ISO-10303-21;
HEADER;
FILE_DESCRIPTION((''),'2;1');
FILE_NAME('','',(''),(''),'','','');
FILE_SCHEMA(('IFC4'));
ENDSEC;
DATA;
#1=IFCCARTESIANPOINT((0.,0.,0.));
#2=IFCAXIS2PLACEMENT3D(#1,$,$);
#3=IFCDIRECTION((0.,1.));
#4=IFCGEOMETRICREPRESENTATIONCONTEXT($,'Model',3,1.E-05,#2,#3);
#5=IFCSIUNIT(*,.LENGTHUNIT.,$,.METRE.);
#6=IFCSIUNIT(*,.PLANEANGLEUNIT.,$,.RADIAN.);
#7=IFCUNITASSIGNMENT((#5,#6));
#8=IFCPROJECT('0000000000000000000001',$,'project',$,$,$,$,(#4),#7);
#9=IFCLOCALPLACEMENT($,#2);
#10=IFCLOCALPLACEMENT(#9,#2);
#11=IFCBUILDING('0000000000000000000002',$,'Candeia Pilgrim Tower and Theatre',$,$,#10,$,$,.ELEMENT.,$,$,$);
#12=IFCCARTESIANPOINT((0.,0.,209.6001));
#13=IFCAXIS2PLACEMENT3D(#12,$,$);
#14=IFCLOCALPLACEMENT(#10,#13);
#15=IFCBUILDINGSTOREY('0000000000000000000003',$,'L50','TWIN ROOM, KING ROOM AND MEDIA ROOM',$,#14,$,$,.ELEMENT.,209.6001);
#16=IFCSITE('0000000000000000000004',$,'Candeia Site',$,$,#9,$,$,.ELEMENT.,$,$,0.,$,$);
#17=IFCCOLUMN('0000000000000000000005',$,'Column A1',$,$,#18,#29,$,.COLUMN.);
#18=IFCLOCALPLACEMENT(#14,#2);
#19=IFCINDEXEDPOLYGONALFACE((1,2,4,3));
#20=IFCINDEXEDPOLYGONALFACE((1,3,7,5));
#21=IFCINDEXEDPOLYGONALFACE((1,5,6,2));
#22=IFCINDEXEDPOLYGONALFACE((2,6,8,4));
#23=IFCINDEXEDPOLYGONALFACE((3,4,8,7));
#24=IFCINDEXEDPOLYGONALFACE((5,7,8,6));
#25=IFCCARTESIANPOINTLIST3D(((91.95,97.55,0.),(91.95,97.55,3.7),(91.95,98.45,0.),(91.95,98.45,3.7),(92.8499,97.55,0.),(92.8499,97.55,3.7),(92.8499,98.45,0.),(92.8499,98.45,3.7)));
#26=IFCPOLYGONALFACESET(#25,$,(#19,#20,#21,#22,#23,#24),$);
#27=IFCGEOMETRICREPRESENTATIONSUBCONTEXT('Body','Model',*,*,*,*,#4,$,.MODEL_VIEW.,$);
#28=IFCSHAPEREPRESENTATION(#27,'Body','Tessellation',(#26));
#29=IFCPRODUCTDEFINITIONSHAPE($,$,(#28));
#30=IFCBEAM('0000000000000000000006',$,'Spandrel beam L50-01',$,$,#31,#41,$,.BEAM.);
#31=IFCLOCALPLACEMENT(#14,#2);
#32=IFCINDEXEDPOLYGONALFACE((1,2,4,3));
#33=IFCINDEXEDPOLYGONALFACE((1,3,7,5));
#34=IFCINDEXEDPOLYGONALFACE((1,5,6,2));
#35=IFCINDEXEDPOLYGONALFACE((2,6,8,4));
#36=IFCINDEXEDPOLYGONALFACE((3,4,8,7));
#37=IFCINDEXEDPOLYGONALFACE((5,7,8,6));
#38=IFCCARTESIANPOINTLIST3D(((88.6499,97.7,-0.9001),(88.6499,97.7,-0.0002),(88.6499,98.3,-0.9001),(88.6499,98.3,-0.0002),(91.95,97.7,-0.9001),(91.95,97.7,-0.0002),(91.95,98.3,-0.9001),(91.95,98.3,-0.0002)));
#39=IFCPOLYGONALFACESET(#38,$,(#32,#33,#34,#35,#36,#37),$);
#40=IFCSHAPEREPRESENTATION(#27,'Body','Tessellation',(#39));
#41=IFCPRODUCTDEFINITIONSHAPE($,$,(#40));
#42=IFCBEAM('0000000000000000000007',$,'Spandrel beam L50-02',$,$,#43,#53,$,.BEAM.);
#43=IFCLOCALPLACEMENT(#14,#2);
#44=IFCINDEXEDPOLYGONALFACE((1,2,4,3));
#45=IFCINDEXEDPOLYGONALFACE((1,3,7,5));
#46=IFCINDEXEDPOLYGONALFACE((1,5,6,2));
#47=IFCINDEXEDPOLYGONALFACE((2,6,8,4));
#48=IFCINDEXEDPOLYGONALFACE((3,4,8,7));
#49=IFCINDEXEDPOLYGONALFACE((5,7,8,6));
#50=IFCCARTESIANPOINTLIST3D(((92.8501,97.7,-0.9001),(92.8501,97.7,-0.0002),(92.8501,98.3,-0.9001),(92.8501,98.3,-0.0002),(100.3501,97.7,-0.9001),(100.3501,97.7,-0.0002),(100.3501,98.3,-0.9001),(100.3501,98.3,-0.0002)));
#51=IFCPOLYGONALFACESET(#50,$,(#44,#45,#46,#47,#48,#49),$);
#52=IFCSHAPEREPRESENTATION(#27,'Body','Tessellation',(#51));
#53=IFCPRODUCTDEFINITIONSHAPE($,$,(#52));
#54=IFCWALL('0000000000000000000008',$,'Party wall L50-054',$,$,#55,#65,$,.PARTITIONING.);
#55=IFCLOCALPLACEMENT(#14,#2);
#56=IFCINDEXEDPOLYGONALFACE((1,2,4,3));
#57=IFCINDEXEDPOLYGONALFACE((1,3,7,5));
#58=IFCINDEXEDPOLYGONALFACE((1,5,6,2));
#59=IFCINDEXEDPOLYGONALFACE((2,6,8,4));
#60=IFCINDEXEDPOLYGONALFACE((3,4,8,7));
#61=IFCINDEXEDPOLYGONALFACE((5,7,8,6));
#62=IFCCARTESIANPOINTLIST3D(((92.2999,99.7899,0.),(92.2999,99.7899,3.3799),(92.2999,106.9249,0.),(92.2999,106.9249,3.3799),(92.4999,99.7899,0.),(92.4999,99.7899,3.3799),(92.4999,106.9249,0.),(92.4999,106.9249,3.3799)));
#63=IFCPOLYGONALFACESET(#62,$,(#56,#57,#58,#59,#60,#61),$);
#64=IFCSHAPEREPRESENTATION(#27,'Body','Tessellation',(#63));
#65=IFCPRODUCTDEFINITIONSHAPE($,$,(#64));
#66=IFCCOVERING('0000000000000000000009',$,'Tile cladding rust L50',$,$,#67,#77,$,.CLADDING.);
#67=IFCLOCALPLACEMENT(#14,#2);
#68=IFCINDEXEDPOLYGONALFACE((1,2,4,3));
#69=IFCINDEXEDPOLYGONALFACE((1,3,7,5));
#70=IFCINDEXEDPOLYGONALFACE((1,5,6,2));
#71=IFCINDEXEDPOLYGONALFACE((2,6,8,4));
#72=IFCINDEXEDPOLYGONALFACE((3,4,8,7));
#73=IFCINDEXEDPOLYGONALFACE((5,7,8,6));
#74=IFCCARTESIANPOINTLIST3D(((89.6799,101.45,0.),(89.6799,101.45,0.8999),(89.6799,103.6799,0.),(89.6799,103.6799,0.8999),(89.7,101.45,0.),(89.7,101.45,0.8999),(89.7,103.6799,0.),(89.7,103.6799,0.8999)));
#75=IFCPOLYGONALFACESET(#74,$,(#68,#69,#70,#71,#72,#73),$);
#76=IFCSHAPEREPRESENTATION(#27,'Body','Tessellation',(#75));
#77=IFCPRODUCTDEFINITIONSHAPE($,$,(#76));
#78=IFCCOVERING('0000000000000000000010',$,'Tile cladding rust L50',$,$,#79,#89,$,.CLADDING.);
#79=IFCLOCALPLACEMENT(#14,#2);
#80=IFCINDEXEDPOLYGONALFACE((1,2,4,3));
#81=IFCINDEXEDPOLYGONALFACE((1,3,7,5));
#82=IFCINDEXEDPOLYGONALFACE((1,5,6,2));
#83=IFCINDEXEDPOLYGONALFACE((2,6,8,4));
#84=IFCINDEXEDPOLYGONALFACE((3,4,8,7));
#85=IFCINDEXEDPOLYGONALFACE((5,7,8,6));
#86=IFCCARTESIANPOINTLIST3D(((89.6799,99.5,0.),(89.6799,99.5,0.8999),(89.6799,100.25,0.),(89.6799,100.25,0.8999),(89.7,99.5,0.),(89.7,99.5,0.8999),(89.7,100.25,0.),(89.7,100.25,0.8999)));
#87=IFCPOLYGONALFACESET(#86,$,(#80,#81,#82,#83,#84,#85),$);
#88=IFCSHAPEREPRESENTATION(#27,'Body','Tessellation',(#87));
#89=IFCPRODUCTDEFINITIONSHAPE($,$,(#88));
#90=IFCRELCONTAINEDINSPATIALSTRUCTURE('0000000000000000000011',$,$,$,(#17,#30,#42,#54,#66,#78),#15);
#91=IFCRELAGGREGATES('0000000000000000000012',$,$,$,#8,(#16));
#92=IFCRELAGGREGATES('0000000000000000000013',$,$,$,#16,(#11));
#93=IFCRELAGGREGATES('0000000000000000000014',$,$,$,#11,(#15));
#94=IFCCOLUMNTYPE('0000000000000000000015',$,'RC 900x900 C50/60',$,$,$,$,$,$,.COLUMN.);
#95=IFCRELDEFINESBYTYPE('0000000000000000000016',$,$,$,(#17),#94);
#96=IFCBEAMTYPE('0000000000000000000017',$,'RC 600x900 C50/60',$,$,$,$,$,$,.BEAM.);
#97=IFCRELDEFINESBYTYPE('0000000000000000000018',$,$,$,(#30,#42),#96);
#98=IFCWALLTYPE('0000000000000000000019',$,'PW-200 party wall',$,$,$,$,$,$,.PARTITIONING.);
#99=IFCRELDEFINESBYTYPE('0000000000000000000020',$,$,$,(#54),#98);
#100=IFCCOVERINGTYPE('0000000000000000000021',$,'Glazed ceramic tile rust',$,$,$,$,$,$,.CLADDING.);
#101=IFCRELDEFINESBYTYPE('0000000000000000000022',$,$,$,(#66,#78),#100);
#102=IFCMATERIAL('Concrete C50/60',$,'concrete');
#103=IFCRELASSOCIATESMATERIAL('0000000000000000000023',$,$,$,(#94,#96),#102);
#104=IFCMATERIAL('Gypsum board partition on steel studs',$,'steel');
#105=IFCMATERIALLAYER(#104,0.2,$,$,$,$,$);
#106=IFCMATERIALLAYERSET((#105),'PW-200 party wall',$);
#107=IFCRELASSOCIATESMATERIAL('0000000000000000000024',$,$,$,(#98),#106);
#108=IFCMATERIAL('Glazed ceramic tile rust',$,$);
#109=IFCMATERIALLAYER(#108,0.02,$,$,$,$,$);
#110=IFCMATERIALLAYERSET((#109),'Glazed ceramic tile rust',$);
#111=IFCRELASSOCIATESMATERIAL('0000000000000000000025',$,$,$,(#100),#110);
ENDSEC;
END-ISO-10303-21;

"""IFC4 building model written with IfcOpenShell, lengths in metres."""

from ifc_helpers import new_model, si_unit, direction, frame, frame_2d, origin, origin_2d, place, context, subcontext, project, spatial, rectangle, extrude, material, layer, layer_set, material_profile, profile_set, type_object, element, save


model = new_model("IFC4")

# Units and contexts
model_context = context("Model", 3, precision=1e-05, world=origin(), true_north=direction((0.0, 1.0)))
body_context = subcontext(model_context, "Body", "Model", "MODEL_VIEW")
ifc_project = project(units=[si_unit("LENGTHUNIT", "METRE"), si_unit("PLANEANGLEUNIT", "RADIAN")], contexts=[model_context])

# Site, building, storey
site_placement = place(None, origin())
site = spatial("IfcSite", under=ifc_project, at=site_placement, Name="Candeia Site", CompositionType="ELEMENT", RefElevation=0.0)
building_placement = place(site_placement, origin())
building = spatial("IfcBuilding", under=site, at=building_placement, Name="Candeia Pilgrim Tower and Theatre", CompositionType="ELEMENT")
storey_placement = place(building_placement, frame((0.0, 0.0, 209.6001)))
storey = spatial("IfcBuildingStorey", under=building, at=storey_placement, Name="L50", Description="TWIN ROOM, KING ROOM AND MEDIA ROOM", CompositionType="ELEMENT", Elevation=209.6001)

# Column
ifc_material_1 = material(Name="Concrete C50/60", Category="concrete")
ifc_material_profile_1 = material_profile(ifc_material_1, rectangle(XDim=0.8999, YDim=0.8999, at=origin_2d()))
ifc_profile_set_1 = profile_set([ifc_material_profile_1], Name="Concrete C50/60")
column_type = type_object("IfcColumnType", Name="RC 900x900 C50/60", PredefinedType="COLUMN", material=ifc_profile_set_1)
column_placement = place(storey_placement, frame((92.3999, 98.0, 0.0), z_axis=(0.0, 0.0, 1.0), x_axis=(1.0, 0.0, 0.0)))
element("IfcColumn", 1, at=column_placement, inside=storey, type_object=column_type, Name="Column A1", PredefinedType="COLUMN", context=body_context, shape_type="SweptSolid", body=[
    extrude(rectangle(XDim=0.8999, YDim=0.8999, at=origin_2d()), origin(), (0.0, 0.0, 1.0), 3.7),
])

# Beams
ifc_material_profile_2 = material_profile(ifc_material_1, rectangle(XDim=0.6001, YDim=0.8999, at=origin_2d()))
ifc_profile_set_2 = profile_set([ifc_material_profile_2], Name="Concrete C50/60")
beam_type = type_object("IfcBeamType", Name="RC 600x900 C50/60", PredefinedType="BEAM", material=ifc_profile_set_2)
beam_1_placement = place(storey_placement, frame((88.6499, 98.0, -0.4502), z_axis=(1.0, 0.0, 0.0), x_axis=(0.0, 1.0, 0.0)))
element("IfcBeam", 2, at=beam_1_placement, inside=storey, type_object=beam_type, Name="Spandrel beam L50-01", PredefinedType="BEAM", context=body_context, shape_type="SweptSolid", body=[
    extrude(rectangle(XDim=0.6001, YDim=0.8999, at=origin_2d()), origin(), (0.0, 0.0, 1.0), 3.3),
])
beam_2_placement = place(storey_placement, frame((92.8501, 98.0, -0.4502), z_axis=(1.0, 0.0, 0.0), x_axis=(0.0, 1.0, 0.0)))
element("IfcBeam", 3, at=beam_2_placement, inside=storey, type_object=beam_type, Name="Spandrel beam L50-02", PredefinedType="BEAM", context=body_context, shape_type="SweptSolid", body=[
    extrude(rectangle(XDim=0.6001, YDim=0.8999, at=origin_2d()), origin(), (0.0, 0.0, 1.0), 7.5),
])

# Wall
ifc_material_2 = material(Name="Gypsum board partition on steel studs", Category="steel")
ifc_layer_1 = layer(ifc_material_2, 0.2)
ifc_layer_set_1 = layer_set([ifc_layer_1], Name="PW-200 party wall")
wall_type_1 = type_object("IfcWallType", Name="PW-200 party wall", PredefinedType="PARTITIONING", material=ifc_layer_set_1)
wall_1_placement = place(storey_placement, frame((92.3999, 99.79, 0.0), z_axis=(0.0, 0.0, 1.0), x_axis=(0.0, 1.0, 0.0)))
element("IfcWall", 4, at=wall_1_placement, inside=storey, type_object=wall_type_1, Name="Party wall L50-054", PredefinedType="PARTITIONING", context=body_context, shape_type="SweptSolid", body=[
    extrude(rectangle(XDim=7.135, YDim=0.2, at=frame_2d((3.5674, 0.0))), origin(), (0.0, 0.0, 1.0), 3.3799),
])

# Coverings
ifc_material_3 = material(Name="Glazed ceramic tile rust")
ifc_layer_2 = layer(ifc_material_3, 0.02)
ifc_layer_set_2 = layer_set([ifc_layer_2], Name="Glazed ceramic tile rust")
covering_type = type_object("IfcCoveringType", Name="Glazed ceramic tile rust", PredefinedType="CLADDING", material=ifc_layer_set_2)
covering_1_placement = place(storey_placement, frame((89.6899, 102.5649, 0.0), z_axis=(0.0, 0.0, 1.0), x_axis=(0.0, -1.0, 0.0)))
element("IfcCovering", 5, at=covering_1_placement, inside=storey, type_object=covering_type, Name="Tile cladding rust L50", PredefinedType="CLADDING", context=body_context, shape_type="SweptSolid", body=[
    extrude(rectangle(XDim=2.23, YDim=0.02, at=origin_2d()), origin(), (0.0, 0.0, 1.0), 0.8999),
])
covering_2_placement = place(storey_placement, frame((89.6899, 99.875, 0.0), z_axis=(0.0, 0.0, 1.0), x_axis=(0.0, -1.0, 0.0)))
element("IfcCovering", 6, at=covering_2_placement, inside=storey, type_object=covering_type, Name="Tile cladding rust L50", PredefinedType="CLADDING", context=body_context, shape_type="SweptSolid", body=[
    extrude(rectangle(XDim=0.75, YDim=0.02, at=origin_2d()), origin(), (0.0, 0.0, 1.0), 0.8999),
])

save(model, "model.ifc")
